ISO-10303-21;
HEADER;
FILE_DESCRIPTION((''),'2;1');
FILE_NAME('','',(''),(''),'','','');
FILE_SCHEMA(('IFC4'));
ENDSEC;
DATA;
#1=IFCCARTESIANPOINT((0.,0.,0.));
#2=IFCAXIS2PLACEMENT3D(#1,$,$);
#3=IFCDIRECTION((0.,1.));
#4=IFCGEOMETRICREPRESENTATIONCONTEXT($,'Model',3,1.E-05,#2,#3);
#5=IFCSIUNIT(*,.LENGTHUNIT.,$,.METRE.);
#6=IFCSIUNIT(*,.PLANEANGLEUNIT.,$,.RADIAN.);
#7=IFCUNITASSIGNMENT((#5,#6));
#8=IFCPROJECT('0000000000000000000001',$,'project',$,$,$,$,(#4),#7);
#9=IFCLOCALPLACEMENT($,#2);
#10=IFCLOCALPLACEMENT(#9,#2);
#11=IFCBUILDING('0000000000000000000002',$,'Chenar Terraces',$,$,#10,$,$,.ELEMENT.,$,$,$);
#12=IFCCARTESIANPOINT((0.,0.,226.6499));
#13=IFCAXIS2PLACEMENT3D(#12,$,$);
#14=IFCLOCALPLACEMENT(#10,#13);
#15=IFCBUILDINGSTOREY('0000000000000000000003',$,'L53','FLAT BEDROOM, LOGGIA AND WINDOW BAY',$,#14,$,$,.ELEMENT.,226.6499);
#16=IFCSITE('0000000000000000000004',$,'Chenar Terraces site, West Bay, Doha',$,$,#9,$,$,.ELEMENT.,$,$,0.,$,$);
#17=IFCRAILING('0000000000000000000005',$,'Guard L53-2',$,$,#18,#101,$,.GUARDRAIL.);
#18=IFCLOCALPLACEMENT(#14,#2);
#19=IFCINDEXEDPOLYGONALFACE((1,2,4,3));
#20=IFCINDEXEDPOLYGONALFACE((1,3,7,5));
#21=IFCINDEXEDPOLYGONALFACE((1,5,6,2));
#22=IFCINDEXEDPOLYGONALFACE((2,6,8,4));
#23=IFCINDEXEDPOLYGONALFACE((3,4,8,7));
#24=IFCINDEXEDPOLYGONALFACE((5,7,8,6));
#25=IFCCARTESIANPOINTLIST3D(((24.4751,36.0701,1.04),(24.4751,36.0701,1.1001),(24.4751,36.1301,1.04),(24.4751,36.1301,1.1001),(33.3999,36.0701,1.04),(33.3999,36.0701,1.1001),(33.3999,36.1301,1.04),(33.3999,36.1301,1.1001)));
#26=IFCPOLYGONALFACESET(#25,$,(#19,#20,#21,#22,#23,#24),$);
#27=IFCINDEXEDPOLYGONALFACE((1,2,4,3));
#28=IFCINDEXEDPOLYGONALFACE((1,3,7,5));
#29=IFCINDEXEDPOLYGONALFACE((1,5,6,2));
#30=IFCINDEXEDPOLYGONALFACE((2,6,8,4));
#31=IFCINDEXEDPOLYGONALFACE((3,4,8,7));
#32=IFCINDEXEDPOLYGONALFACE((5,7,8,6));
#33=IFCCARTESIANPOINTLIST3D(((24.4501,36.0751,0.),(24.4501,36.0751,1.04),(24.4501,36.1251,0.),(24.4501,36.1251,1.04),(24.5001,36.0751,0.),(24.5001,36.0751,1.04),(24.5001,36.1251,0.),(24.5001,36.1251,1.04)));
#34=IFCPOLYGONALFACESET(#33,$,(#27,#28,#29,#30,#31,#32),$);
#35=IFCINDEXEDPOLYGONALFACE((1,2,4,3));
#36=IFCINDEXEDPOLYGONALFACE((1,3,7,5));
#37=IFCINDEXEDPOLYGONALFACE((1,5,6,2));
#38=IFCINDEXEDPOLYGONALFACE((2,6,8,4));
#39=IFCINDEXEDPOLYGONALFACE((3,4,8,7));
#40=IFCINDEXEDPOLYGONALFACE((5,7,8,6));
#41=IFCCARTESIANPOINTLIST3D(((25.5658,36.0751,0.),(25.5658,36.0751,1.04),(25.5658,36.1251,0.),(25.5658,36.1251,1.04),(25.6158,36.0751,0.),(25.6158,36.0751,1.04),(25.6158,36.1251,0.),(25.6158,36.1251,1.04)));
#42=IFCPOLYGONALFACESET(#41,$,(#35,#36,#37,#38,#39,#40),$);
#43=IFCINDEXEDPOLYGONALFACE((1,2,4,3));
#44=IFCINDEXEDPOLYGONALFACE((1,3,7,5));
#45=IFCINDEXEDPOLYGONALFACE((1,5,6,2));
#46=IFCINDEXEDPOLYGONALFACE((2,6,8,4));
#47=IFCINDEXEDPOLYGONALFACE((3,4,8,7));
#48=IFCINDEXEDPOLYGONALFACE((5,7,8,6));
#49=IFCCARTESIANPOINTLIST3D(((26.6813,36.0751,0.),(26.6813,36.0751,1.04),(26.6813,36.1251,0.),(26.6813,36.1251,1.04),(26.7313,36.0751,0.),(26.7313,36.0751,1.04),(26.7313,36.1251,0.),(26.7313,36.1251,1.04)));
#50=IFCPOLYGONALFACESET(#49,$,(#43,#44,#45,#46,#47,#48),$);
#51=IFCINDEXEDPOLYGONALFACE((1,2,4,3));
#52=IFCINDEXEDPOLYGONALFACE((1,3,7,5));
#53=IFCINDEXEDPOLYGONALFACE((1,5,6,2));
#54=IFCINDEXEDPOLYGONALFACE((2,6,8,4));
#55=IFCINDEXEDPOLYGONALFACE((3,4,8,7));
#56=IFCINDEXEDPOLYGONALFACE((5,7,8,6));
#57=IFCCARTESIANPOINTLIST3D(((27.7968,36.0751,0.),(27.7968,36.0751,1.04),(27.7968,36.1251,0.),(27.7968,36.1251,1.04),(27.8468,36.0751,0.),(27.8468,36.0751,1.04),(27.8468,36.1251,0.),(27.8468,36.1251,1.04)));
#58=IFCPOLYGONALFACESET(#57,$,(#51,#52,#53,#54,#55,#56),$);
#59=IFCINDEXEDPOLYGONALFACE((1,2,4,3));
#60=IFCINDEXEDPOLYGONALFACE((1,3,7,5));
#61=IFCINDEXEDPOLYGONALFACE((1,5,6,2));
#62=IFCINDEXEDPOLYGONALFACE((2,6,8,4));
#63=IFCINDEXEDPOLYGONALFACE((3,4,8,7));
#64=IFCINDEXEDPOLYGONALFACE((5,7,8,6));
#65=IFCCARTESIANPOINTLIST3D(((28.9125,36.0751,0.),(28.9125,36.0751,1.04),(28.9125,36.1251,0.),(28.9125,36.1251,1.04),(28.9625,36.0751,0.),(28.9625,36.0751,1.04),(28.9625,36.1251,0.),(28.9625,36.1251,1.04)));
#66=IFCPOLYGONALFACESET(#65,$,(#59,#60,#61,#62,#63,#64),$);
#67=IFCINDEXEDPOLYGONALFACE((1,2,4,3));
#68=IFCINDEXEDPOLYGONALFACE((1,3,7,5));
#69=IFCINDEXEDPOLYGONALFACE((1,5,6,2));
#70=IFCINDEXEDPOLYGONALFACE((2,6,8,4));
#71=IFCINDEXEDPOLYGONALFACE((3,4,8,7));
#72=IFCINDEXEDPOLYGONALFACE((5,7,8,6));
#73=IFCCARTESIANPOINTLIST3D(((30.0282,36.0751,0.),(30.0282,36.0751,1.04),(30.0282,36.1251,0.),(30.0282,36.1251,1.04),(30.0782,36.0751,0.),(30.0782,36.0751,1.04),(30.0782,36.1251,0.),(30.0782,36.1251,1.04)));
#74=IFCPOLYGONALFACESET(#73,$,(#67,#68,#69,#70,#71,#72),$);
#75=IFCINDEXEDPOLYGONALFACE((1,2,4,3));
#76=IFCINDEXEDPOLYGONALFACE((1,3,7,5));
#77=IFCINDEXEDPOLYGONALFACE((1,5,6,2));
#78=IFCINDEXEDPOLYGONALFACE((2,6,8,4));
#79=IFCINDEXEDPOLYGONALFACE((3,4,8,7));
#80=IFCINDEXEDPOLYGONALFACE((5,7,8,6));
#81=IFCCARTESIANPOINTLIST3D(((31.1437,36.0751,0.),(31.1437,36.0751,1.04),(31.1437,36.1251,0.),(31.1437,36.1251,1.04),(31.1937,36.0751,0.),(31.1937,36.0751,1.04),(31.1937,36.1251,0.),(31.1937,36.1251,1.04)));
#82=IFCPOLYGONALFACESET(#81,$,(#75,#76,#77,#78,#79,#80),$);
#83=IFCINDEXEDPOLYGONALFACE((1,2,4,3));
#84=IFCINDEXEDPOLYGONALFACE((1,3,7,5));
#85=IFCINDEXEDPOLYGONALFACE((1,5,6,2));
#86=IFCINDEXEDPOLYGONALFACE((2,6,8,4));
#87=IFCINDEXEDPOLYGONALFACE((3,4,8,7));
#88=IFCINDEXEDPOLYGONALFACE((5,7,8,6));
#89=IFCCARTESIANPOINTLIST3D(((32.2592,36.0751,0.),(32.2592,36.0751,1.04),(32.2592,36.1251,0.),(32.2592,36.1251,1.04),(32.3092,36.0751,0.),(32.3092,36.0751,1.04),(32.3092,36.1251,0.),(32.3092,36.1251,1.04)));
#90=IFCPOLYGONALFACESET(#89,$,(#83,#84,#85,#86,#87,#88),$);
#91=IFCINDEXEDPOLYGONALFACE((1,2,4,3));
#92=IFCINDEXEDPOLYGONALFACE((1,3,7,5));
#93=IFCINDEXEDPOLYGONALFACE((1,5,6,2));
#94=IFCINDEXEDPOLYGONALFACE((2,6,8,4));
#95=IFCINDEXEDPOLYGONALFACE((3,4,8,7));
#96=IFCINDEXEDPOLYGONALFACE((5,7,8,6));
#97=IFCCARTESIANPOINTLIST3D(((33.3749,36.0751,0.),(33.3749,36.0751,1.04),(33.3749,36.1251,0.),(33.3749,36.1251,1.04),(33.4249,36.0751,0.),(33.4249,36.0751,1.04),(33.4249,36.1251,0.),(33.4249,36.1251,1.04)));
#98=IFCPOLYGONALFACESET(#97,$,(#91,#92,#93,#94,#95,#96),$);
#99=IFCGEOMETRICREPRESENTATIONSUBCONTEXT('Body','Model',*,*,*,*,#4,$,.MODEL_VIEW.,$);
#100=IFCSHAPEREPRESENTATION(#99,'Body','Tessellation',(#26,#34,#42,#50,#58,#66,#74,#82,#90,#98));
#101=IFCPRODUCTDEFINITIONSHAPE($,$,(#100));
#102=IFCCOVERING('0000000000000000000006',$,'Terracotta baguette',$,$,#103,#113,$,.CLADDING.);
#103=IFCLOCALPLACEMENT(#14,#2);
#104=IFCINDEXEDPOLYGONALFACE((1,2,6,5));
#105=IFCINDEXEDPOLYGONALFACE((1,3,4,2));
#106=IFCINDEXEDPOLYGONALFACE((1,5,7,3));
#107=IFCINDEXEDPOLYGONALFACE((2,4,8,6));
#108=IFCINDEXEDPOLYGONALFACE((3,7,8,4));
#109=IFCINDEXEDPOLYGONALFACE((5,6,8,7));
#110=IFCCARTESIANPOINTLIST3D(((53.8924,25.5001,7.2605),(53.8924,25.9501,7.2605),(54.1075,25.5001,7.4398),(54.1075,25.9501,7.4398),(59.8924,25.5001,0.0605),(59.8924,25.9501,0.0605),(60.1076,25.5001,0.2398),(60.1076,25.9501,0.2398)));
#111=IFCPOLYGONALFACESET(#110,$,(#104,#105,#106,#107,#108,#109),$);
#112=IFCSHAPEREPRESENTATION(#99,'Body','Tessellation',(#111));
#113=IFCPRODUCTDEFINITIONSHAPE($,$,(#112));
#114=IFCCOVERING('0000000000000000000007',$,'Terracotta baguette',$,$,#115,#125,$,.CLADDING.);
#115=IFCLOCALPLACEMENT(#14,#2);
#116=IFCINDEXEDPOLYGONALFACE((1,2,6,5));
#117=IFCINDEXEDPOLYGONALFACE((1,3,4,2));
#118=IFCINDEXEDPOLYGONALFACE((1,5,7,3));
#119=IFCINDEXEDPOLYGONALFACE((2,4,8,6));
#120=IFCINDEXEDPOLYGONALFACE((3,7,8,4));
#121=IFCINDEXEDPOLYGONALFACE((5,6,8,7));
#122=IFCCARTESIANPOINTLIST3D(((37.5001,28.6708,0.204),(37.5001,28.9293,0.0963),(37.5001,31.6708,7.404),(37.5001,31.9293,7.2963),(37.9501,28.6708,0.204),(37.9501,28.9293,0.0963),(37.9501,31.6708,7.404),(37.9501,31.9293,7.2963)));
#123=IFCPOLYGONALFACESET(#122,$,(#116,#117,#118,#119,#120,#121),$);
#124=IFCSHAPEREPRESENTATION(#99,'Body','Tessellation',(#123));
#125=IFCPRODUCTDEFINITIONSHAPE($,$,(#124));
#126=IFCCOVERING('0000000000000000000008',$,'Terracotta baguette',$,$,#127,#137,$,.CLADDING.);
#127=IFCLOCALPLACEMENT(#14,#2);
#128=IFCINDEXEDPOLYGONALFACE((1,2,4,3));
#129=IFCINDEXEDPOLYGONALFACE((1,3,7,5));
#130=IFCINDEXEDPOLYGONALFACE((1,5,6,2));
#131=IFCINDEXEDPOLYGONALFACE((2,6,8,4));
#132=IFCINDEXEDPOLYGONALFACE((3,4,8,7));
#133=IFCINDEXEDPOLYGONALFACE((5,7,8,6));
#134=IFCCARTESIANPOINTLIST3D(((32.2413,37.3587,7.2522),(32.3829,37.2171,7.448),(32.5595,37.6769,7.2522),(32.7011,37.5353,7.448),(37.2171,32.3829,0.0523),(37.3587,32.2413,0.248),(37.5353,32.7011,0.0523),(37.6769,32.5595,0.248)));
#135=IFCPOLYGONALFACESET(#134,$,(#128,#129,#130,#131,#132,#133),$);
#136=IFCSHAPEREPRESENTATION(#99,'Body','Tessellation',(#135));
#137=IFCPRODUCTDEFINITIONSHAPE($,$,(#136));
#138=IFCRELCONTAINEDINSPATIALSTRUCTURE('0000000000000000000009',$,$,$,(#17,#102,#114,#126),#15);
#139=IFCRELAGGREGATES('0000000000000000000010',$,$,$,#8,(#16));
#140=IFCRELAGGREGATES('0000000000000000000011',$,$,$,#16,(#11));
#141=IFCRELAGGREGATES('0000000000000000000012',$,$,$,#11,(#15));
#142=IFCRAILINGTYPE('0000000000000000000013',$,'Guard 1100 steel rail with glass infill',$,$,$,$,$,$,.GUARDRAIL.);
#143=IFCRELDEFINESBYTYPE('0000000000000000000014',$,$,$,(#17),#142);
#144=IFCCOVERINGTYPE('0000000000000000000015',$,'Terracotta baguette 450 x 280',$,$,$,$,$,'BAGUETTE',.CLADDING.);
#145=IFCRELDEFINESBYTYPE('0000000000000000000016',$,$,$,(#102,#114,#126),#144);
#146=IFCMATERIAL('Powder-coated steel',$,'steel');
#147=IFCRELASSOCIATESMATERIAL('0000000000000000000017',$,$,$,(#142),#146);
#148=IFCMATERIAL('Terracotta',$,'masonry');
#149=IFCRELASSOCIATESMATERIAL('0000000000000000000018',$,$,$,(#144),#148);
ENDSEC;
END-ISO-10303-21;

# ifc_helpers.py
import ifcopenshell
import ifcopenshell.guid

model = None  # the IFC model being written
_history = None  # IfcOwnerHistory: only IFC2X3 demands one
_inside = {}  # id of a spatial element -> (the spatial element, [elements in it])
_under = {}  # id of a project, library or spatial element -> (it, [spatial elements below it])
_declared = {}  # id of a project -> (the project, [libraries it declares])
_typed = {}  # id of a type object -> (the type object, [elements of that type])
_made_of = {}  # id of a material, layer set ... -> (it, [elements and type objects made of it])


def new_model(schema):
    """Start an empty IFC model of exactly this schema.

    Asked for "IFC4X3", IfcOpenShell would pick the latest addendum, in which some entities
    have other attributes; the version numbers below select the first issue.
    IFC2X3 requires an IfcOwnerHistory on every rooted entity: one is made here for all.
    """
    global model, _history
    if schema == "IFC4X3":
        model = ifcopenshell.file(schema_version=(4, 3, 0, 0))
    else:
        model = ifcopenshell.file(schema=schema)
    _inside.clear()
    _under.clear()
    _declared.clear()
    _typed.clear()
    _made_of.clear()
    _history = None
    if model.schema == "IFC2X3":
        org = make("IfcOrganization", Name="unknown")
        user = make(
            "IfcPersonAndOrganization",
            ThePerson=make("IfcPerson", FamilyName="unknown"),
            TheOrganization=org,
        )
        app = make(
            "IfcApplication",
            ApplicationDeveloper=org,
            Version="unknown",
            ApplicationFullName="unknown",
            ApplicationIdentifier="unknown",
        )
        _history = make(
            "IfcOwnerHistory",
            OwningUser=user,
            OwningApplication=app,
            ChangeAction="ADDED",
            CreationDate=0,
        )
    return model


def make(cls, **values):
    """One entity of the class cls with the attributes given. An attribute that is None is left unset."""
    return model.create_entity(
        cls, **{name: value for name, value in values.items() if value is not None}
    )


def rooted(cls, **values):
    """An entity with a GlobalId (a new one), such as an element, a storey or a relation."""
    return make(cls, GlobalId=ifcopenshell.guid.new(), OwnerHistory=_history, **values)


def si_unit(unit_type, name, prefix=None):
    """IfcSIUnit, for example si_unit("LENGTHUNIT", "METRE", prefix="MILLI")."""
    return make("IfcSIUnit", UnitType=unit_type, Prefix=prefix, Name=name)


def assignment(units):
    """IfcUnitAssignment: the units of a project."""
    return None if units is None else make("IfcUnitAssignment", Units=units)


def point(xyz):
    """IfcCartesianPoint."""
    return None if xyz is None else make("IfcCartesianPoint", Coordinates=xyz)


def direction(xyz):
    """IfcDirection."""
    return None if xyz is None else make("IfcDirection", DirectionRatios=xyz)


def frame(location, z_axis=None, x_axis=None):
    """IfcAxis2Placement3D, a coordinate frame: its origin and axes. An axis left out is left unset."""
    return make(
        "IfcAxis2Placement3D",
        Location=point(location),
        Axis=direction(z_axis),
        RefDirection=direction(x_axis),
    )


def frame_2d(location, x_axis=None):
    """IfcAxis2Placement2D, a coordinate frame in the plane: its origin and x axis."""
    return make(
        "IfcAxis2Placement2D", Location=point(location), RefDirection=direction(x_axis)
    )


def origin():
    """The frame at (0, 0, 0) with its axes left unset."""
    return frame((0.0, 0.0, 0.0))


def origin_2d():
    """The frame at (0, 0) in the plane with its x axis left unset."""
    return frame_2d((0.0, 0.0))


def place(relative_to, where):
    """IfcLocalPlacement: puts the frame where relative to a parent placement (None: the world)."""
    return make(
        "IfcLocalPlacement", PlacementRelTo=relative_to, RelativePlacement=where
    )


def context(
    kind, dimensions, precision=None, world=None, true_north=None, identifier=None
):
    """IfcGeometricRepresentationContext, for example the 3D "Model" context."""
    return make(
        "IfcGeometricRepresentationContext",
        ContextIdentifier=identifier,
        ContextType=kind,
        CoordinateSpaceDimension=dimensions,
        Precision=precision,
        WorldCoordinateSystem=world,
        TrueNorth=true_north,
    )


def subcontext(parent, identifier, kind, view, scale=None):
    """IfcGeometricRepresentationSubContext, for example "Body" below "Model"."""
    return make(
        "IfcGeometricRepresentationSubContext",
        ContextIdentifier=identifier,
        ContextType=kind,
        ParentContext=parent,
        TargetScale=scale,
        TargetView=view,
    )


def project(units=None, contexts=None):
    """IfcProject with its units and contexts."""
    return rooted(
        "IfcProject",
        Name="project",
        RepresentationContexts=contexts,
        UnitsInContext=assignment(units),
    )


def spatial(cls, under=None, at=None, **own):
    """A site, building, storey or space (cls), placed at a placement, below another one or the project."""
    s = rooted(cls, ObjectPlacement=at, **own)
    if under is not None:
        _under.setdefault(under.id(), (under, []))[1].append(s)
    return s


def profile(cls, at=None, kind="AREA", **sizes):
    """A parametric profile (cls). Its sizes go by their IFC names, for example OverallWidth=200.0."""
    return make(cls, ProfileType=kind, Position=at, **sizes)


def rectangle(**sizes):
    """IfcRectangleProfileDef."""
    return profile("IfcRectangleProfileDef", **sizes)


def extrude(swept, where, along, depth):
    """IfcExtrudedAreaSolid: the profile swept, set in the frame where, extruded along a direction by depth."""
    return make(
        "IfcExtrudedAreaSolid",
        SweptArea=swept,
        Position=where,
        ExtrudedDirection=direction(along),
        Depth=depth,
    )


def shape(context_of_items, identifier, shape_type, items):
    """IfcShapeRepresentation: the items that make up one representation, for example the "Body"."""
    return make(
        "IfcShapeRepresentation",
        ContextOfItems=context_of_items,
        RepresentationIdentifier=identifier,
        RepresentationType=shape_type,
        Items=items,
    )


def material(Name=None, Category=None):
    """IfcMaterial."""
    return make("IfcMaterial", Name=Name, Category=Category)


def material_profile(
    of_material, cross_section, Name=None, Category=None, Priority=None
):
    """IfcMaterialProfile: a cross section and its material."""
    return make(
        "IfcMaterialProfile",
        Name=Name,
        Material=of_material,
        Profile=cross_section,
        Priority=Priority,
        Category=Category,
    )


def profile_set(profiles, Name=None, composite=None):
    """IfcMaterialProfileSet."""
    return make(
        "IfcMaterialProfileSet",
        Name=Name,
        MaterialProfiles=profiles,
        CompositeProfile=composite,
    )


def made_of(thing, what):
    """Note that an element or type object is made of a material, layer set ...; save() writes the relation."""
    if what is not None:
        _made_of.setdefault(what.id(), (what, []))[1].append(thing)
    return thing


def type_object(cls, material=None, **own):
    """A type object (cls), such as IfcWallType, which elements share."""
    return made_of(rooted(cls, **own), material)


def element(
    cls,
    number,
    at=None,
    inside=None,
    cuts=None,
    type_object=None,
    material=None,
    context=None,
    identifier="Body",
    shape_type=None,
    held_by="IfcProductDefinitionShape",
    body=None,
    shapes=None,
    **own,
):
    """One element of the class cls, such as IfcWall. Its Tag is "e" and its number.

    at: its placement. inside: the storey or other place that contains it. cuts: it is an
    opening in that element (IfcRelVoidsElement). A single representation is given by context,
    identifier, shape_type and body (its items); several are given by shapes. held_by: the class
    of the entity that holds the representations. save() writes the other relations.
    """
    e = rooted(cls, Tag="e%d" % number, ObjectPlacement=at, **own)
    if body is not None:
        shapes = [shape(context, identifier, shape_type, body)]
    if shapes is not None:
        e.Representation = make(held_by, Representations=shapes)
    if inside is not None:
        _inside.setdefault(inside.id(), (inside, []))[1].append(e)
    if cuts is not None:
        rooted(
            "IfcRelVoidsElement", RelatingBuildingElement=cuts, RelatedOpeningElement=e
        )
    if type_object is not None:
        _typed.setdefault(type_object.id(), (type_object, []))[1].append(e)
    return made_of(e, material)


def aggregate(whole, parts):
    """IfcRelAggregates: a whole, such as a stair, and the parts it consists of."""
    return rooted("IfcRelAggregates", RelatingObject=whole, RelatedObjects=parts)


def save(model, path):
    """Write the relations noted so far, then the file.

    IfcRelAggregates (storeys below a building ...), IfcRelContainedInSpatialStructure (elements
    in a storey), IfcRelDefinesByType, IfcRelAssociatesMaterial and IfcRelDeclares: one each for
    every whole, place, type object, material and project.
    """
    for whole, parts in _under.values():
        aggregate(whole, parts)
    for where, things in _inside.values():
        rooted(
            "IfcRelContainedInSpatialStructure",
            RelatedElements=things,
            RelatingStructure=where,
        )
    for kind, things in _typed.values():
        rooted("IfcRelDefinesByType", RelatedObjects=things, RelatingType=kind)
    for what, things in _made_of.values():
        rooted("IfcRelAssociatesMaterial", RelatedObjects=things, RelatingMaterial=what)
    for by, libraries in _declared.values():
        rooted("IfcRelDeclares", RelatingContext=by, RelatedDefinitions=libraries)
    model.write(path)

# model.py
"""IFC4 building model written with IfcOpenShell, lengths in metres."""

from ifc_helpers import new_model, si_unit, direction, frame, origin, origin_2d, place, context, subcontext, project, spatial, rectangle, extrude, material, material_profile, profile_set, type_object, element, save


model = new_model("IFC4")

# Units and contexts
model_context = context("Model", 3, precision=1e-05, world=origin(), true_north=direction((0.0, 1.0)))
body_context = subcontext(model_context, "Body", "Model", "MODEL_VIEW")
ifc_project = project(units=[si_unit("LENGTHUNIT", "METRE"), si_unit("PLANEANGLEUNIT", "RADIAN")], contexts=[model_context])

# Site, building, storey
site_placement = place(None, origin())
site = spatial("IfcSite", under=ifc_project, at=site_placement, Name="Chenar Terraces site, West Bay, Doha", CompositionType="ELEMENT", RefElevation=0.0)
building_placement = place(site_placement, origin())
building = spatial("IfcBuilding", under=site, at=building_placement, Name="Chenar Terraces", CompositionType="ELEMENT")
storey_placement = place(building_placement, frame((0.0, 0.0, 226.6499)))
storey = spatial("IfcBuildingStorey", under=building, at=storey_placement, Name="L53", Description="FLAT BEDROOM, LOGGIA AND WINDOW BAY", CompositionType="ELEMENT", Elevation=226.6499)

# Railing
ifc_material_1 = material(Name="Powder-coated steel", Category="steel")
railing_type = type_object("IfcRailingType", Name="Guard 1100 steel rail with glass infill", PredefinedType="GUARDRAIL", material=ifc_material_1)
railing_placement = place(storey_placement, frame((24.4751, 36.1001, 0.0)))
element("IfcRailing", 1, at=railing_placement, inside=storey, type_object=railing_type, Name="Guard L53-2", PredefinedType="GUARDRAIL", context=body_context, shape_type="SweptSolid", body=[
    extrude(rectangle(XDim=0.0601, YDim=0.0601, at=origin_2d()), frame((0.0, 0.0, 1.0701), z_axis=(1.0, 0.0, 0.0), x_axis=(0.0, 1.0, 0.0)), (0.0, 0.0, 1.0), 8.9248),
    extrude(rectangle(XDim=0.05, YDim=0.05, at=origin_2d()), origin(), (0.0, 0.0, 1.0), 1.04),
    extrude(rectangle(XDim=0.05, YDim=0.05, at=origin_2d()), frame((1.1157, 0.0, 0.0)), (0.0, 0.0, 1.0), 1.04),
    extrude(rectangle(XDim=0.05, YDim=0.05, at=origin_2d()), frame((2.2312, 0.0, 0.0)), (0.0, 0.0, 1.0), 1.04),
    extrude(rectangle(XDim=0.05, YDim=0.05, at=origin_2d()), frame((3.3467, 0.0, 0.0)), (0.0, 0.0, 1.0), 1.04),
    extrude(rectangle(XDim=0.05, YDim=0.05, at=origin_2d()), frame((4.4624, 0.0, 0.0)), (0.0, 0.0, 1.0), 1.04),
    extrude(rectangle(XDim=0.05, YDim=0.05, at=origin_2d()), frame((5.5781, 0.0, 0.0)), (0.0, 0.0, 1.0), 1.04),
    extrude(rectangle(XDim=0.05, YDim=0.05, at=origin_2d()), frame((6.6936, 0.0, 0.0)), (0.0, 0.0, 1.0), 1.04),
    extrude(rectangle(XDim=0.05, YDim=0.05, at=origin_2d()), frame((7.8091, 0.0, 0.0)), (0.0, 0.0, 1.0), 1.04),
    extrude(rectangle(XDim=0.05, YDim=0.05, at=origin_2d()), frame((8.9248, 0.0, 0.0)), (0.0, 0.0, 1.0), 1.04),
])

# Coverings
ifc_material_2 = material(Name="Terracotta", Category="masonry")
ifc_material_profile_1 = material_profile(ifc_material_2, rectangle(XDim=0.45, YDim=0.28, at=origin_2d()), Name="Terracotta baguette 450 x 280")
ifc_profile_set_1 = profile_set([ifc_material_profile_1], Name="Terracotta")
covering_type = type_object("IfcCoveringType", Name="Terracotta baguette 450 x 280", ElementType="BAGUETTE", PredefinedType="CLADDING", material=ifc_profile_set_1)
covering_1_placement = place(storey_placement, frame((60.0, 25.7251, 0.1501), z_axis=(-0.640187, 0.0, 0.768219), x_axis=(0.0, -1.0, 0.0)))
element("IfcCovering", 2, at=covering_1_placement, inside=storey, type_object=covering_type, Name="Terracotta baguette", PredefinedType="CLADDING", context=body_context, shape_type="SweptSolid", body=[
    extrude(rectangle(XDim=0.45, YDim=0.28, at=origin_2d()), origin(), (0.0, 0.0, 1.0), 9.3723),
])
covering_2_placement = place(storey_placement, frame((37.7251, 28.8, 0.1501), z_axis=(0.0, 0.384618, 0.923076), x_axis=(-1.0, 0.0, 0.0)))
element("IfcCovering", 3, at=covering_2_placement, inside=storey, type_object=covering_type, Name="Terracotta baguette", PredefinedType="CLADDING", context=body_context, shape_type="SweptSolid", body=[
    extrude(rectangle(XDim=0.45, YDim=0.28, at=origin_2d()), origin(), (0.0, 0.0, 1.0), 7.8),
])
covering_3_placement = place(storey_placement, frame((37.447, 32.4712, 0.1501), z_axis=(-0.494241, 0.494241, 0.715159), x_axis=(-0.707107, -0.707107, 0.0)))
element("IfcCovering", 4, at=covering_3_placement, inside=storey, type_object=covering_type, Name="Terracotta baguette", PredefinedType="CLADDING", context=body_context, shape_type="SweptSolid", body=[
    extrude(rectangle(XDim=0.45, YDim=0.28, at=origin_2d()), origin(), (0.0, 0.0, 1.0), 10.0676),
])

save(model, "model.ifc")
